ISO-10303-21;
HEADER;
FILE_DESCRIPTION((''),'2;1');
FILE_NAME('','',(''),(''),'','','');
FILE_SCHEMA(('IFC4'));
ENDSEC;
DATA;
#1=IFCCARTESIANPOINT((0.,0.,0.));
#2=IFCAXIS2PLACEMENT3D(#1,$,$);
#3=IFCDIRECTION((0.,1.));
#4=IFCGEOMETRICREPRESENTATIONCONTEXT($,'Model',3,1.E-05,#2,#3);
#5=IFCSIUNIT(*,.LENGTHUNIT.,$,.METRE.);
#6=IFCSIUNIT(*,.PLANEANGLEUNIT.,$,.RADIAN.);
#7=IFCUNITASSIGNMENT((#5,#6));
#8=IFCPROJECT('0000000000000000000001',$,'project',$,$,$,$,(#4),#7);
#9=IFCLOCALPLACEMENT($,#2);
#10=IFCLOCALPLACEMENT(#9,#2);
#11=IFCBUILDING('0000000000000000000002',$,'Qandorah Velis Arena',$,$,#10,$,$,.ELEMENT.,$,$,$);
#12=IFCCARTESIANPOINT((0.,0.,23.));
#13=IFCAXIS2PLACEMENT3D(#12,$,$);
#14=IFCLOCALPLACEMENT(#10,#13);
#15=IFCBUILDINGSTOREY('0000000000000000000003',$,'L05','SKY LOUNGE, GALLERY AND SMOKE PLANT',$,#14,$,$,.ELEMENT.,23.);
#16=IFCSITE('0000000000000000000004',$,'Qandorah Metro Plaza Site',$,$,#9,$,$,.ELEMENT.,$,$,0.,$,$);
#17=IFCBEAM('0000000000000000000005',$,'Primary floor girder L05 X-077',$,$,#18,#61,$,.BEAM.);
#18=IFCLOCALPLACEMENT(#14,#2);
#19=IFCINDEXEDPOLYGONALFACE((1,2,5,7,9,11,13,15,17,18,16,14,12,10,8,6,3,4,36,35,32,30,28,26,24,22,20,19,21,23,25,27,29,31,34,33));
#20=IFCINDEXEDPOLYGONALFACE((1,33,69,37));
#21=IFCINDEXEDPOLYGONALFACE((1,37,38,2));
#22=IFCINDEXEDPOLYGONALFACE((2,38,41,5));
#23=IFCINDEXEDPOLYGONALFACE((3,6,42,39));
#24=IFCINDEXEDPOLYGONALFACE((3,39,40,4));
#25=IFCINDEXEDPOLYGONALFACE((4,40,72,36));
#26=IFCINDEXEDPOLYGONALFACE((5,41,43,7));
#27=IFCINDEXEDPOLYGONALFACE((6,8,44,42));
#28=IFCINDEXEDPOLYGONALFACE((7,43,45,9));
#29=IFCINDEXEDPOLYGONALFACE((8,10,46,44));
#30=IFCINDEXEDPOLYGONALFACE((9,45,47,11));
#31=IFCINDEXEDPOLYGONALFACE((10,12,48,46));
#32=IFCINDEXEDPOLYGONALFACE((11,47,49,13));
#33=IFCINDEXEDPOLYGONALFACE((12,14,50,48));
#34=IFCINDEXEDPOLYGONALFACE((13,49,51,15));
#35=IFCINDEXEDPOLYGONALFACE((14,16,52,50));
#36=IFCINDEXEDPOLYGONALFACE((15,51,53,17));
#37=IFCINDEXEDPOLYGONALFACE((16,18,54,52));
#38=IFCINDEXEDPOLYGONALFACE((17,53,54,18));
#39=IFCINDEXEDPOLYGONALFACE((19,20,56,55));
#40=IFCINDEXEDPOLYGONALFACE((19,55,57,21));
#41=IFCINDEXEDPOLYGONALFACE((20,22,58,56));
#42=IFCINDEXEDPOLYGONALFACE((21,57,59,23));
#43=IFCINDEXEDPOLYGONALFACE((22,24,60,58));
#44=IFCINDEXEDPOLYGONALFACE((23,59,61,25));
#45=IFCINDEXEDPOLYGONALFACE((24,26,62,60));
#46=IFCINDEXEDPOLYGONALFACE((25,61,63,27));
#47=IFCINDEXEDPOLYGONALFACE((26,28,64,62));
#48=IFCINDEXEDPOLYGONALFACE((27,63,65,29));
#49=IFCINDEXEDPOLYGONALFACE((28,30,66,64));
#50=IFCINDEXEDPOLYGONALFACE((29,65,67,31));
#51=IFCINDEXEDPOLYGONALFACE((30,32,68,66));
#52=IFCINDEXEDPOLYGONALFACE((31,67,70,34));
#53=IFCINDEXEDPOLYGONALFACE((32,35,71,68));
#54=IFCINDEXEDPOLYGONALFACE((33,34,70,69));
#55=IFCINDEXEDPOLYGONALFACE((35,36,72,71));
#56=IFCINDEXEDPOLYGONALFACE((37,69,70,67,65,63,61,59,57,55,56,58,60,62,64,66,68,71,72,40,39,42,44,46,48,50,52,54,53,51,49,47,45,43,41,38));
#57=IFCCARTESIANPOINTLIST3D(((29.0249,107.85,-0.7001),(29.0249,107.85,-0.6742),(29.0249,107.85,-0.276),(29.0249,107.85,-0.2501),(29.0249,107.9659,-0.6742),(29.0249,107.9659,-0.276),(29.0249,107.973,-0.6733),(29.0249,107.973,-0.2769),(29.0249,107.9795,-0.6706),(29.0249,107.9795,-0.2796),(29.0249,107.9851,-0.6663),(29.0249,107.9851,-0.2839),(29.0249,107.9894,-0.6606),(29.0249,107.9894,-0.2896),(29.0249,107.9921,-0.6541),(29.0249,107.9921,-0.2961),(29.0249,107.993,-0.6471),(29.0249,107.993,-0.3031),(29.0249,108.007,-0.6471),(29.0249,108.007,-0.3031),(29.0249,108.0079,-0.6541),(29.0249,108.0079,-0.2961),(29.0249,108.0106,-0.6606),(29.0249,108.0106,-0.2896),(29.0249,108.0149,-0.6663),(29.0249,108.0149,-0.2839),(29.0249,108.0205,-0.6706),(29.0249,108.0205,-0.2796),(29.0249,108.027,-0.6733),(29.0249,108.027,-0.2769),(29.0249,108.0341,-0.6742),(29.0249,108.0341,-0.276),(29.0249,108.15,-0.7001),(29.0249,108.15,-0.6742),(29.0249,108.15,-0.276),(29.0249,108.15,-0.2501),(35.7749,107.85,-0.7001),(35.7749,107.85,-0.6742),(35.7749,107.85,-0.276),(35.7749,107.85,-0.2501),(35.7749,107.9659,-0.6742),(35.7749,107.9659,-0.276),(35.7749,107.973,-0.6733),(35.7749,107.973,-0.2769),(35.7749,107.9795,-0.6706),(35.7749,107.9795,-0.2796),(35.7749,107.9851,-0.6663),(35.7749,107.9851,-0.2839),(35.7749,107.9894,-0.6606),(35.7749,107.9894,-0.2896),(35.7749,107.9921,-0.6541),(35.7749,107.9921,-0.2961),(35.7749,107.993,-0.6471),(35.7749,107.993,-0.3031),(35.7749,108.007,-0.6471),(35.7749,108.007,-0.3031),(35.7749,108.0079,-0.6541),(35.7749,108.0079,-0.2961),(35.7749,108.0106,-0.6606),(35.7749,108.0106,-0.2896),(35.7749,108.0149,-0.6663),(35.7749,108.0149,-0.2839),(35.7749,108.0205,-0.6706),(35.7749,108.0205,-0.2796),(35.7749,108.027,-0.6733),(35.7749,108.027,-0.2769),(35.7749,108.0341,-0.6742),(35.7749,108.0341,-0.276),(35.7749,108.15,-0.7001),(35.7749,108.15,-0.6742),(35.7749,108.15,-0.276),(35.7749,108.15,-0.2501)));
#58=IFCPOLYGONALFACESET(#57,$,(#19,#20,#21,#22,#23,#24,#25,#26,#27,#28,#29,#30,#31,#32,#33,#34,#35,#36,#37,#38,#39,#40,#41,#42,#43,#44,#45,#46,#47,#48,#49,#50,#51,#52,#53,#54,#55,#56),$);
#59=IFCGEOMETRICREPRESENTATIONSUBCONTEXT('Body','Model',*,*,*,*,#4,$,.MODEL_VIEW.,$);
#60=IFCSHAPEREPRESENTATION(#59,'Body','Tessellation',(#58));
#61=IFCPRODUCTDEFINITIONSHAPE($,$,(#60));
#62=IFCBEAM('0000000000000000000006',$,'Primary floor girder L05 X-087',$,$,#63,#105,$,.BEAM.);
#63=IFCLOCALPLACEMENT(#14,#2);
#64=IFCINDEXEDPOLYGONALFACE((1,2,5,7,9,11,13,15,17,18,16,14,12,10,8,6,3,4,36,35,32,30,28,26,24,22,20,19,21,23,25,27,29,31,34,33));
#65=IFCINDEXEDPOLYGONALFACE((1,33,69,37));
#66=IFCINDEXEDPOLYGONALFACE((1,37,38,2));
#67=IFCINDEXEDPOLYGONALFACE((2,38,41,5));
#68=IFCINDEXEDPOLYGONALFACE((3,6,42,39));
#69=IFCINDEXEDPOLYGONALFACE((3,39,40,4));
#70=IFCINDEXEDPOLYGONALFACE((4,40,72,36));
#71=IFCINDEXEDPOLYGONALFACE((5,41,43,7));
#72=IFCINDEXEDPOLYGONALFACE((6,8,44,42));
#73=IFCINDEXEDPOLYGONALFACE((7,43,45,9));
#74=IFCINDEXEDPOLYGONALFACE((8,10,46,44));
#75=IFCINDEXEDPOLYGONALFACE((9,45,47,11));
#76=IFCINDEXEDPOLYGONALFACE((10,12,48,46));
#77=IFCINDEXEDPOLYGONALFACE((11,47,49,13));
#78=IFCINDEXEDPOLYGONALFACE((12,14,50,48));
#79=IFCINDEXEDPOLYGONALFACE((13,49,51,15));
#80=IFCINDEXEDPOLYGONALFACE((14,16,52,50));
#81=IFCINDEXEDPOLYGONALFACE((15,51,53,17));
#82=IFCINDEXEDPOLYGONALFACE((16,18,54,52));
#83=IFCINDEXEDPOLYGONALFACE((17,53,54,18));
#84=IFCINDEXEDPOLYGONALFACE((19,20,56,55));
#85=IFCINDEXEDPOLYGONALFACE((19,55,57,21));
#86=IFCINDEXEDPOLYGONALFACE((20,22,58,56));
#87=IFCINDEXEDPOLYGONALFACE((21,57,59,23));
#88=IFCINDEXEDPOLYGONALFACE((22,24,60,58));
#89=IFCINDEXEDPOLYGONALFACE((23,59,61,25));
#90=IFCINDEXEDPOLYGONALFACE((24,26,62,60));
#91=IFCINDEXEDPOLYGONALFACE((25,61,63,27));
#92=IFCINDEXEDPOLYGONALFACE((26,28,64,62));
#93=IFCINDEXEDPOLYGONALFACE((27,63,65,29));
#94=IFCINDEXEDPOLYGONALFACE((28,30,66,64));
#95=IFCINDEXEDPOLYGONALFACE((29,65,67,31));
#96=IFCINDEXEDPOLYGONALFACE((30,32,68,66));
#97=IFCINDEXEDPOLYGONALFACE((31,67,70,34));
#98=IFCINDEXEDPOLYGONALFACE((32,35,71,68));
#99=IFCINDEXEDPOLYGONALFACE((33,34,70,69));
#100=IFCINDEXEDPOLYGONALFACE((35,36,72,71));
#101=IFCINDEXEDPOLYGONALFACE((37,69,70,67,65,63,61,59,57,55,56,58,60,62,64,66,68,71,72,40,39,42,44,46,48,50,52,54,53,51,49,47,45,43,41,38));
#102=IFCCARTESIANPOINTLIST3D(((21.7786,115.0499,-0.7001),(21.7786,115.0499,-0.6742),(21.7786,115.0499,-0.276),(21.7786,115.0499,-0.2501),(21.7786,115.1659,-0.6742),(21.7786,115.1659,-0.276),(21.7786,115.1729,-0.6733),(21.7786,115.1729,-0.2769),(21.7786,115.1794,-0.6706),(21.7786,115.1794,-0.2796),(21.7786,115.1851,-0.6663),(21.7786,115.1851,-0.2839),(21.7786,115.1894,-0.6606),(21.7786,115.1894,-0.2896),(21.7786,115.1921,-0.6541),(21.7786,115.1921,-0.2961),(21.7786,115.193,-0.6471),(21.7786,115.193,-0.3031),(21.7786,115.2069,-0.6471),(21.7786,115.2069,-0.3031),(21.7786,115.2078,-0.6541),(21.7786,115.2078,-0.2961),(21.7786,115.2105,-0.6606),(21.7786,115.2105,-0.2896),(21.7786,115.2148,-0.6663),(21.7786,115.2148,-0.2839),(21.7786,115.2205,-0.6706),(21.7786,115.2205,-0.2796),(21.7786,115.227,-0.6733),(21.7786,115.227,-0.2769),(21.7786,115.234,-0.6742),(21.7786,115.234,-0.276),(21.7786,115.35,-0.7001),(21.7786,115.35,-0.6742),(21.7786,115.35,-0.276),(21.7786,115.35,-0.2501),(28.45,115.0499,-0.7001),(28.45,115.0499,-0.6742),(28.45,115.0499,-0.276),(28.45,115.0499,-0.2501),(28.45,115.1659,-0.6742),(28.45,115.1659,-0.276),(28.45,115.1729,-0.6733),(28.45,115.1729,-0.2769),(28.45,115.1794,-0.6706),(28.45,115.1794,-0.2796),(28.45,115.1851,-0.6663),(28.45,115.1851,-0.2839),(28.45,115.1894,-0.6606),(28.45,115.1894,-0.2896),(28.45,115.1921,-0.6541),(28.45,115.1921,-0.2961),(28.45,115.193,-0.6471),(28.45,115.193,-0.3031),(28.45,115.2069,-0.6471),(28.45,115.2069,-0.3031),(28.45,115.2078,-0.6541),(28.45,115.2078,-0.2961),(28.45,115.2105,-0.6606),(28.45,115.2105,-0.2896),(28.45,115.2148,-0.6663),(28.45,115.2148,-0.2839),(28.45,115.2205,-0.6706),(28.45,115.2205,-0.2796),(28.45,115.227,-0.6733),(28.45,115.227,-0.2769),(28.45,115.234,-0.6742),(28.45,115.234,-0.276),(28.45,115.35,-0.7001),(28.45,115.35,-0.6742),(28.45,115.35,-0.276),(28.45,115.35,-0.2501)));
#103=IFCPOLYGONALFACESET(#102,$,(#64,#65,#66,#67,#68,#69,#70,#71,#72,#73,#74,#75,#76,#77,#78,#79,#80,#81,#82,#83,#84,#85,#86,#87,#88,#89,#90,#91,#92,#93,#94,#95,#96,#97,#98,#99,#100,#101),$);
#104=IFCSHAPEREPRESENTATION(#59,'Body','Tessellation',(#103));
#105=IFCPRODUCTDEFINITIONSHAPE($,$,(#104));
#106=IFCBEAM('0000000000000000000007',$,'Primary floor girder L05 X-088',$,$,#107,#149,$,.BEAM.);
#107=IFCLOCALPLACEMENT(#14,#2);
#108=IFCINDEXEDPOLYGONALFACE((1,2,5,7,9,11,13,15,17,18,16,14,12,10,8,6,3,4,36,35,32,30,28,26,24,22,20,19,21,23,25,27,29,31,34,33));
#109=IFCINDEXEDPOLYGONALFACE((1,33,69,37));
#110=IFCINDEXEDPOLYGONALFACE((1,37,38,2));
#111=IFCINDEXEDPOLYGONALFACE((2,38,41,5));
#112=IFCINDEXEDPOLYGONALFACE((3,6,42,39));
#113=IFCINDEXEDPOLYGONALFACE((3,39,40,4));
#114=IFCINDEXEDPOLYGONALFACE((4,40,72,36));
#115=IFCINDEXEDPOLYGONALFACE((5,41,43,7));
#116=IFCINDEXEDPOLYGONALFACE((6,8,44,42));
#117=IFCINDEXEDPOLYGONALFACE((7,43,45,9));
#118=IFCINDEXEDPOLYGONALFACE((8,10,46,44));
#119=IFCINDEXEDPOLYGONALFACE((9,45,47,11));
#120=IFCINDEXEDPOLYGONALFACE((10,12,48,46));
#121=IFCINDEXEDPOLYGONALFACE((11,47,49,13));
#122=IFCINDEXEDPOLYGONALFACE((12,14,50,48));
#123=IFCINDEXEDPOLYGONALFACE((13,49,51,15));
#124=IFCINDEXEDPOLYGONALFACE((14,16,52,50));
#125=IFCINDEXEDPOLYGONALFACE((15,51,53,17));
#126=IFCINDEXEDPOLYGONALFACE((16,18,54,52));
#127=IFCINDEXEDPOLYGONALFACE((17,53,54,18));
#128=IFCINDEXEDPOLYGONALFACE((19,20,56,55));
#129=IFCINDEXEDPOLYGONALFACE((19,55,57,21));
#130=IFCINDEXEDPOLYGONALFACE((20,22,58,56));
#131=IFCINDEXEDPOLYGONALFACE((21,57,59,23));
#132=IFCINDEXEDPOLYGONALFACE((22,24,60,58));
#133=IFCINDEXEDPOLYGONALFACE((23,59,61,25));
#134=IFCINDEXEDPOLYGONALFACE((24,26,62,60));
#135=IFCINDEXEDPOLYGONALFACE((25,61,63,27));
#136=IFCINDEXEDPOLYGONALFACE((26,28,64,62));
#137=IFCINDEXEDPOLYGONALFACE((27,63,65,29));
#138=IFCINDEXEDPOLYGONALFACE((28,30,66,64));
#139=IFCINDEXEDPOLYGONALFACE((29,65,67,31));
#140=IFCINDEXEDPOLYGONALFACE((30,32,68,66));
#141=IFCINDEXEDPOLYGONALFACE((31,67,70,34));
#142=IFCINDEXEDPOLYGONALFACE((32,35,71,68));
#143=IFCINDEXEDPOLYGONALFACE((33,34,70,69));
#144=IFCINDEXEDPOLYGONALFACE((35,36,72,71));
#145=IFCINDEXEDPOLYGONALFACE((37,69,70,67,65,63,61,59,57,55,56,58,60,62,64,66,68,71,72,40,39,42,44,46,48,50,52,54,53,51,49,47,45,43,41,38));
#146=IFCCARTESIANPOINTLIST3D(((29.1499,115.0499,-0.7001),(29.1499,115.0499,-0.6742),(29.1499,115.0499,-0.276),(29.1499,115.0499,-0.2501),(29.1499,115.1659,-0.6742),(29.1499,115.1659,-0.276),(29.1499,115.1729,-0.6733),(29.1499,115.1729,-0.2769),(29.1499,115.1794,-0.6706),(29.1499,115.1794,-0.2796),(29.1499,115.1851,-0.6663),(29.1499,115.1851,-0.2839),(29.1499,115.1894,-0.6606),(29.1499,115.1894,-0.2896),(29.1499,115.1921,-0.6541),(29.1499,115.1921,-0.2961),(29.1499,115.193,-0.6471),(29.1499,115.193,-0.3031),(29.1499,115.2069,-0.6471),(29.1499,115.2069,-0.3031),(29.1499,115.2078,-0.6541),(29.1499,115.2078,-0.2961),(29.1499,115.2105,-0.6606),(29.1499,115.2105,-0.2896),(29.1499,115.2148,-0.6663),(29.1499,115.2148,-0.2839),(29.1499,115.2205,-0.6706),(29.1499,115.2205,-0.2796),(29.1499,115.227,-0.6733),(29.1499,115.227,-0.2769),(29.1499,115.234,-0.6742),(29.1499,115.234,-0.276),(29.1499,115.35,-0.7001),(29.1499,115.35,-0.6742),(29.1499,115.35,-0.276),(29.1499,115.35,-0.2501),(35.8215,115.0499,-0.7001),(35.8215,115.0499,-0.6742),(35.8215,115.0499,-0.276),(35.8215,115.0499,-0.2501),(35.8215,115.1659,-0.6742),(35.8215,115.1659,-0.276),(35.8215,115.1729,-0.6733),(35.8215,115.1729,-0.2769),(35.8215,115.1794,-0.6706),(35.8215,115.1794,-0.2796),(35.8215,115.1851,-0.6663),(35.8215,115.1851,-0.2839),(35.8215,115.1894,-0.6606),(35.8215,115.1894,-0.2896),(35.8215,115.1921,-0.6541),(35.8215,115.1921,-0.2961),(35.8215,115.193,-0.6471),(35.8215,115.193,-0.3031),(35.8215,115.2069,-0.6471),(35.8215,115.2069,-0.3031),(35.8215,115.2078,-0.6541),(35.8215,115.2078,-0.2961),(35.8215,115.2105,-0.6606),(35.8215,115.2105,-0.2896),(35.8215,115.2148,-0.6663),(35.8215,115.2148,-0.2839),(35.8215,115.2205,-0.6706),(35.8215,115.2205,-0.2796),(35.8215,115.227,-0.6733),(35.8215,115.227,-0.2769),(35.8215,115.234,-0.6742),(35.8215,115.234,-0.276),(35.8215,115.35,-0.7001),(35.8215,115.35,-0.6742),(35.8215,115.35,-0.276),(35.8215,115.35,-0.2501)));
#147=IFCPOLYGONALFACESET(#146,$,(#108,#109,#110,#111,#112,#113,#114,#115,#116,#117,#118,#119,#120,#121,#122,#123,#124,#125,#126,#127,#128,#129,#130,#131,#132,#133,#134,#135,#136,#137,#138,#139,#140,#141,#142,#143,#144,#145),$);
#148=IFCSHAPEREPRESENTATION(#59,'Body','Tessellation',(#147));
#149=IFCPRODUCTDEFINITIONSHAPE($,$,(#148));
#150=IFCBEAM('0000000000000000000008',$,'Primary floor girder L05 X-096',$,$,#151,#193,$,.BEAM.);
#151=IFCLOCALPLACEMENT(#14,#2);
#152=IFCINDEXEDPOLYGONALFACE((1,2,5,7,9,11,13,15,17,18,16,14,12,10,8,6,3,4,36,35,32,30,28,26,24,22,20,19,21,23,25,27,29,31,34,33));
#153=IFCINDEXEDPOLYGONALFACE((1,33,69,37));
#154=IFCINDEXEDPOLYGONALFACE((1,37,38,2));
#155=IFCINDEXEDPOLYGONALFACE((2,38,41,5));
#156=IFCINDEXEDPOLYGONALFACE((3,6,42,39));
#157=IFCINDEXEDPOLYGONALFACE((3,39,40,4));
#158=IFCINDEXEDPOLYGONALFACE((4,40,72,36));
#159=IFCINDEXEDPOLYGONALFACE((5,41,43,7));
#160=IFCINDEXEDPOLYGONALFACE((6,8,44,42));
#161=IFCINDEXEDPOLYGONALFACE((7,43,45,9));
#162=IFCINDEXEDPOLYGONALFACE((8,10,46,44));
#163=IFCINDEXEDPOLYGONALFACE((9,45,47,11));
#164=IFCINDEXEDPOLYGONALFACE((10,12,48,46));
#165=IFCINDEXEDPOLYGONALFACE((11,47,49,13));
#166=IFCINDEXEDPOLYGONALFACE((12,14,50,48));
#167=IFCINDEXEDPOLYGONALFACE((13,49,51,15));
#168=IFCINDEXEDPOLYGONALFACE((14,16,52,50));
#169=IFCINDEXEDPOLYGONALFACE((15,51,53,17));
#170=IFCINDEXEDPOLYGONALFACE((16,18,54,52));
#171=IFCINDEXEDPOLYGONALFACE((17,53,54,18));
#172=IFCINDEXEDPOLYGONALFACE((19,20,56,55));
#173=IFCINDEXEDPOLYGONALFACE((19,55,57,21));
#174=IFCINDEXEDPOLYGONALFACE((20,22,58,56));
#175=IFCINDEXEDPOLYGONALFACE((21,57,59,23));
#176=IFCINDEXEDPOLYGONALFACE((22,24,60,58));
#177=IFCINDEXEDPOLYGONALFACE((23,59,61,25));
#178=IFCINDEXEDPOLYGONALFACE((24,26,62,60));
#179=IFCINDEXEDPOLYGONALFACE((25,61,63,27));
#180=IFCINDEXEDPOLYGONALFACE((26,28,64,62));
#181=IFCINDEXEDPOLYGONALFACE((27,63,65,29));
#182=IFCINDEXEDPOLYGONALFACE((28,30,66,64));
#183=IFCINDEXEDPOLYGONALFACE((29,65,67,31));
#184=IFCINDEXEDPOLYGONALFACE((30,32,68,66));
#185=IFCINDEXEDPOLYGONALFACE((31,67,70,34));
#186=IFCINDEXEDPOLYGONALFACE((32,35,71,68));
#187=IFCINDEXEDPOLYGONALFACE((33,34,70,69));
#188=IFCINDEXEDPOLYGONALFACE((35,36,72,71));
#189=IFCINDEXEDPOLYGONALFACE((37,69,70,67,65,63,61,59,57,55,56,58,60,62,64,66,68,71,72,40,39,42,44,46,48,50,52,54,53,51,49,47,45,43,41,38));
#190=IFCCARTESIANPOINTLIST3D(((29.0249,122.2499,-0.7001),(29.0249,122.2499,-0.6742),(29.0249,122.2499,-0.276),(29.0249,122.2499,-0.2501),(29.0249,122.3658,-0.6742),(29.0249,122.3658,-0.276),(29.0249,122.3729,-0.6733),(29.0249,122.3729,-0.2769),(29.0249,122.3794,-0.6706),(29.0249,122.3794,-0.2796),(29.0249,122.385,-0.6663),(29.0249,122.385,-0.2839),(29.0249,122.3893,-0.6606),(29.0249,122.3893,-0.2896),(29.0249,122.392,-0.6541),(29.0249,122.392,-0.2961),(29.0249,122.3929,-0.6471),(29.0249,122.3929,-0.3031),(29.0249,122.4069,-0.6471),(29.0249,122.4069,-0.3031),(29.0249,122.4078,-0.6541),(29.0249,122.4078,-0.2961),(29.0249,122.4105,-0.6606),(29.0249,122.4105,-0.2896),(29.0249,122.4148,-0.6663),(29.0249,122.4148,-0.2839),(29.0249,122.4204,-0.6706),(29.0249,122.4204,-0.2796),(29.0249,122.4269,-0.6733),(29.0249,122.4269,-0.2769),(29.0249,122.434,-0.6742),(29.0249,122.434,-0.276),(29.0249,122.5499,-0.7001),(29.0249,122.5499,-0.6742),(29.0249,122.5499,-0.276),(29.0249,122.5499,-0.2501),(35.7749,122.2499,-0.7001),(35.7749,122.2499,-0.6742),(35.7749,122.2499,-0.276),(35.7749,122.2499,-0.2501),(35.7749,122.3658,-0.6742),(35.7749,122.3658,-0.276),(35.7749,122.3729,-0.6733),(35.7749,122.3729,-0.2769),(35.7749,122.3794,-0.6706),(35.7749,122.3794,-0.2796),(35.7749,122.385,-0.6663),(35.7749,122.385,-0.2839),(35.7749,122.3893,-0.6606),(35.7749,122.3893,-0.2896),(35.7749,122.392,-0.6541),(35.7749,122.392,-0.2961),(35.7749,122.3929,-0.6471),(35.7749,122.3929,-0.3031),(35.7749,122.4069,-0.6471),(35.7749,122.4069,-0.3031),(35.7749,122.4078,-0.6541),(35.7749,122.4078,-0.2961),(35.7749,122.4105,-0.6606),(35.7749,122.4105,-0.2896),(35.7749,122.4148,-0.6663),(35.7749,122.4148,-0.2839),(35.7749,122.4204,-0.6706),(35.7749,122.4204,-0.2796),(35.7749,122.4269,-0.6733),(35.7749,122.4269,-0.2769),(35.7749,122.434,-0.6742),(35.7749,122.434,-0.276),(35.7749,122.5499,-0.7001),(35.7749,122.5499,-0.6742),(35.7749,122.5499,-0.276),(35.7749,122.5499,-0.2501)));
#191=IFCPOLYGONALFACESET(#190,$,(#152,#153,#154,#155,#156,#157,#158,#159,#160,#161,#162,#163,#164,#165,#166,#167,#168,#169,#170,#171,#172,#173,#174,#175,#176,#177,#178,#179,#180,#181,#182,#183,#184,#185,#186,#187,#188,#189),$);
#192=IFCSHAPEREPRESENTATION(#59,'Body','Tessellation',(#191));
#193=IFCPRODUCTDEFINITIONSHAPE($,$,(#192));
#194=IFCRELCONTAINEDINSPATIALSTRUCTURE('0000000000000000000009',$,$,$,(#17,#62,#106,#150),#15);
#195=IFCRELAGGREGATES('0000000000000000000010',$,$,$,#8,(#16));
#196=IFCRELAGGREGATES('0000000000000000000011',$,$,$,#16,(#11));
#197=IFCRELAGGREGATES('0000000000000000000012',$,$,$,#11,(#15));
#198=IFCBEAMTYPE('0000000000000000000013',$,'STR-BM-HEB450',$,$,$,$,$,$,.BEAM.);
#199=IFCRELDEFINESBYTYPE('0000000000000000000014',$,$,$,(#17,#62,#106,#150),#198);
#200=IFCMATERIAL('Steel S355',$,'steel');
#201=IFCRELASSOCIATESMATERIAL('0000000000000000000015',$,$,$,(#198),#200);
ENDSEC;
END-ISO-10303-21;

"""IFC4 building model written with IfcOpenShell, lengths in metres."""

from ifc_helpers import new_model, si_unit, direction, frame, origin, origin_2d, place, context, subcontext, project, spatial, i_section, extrude, material, material_profile, profile_set, type_object, element, save


model = new_model("IFC4")

# Units and contexts
model_context = context("Model", 3, precision=1e-05, world=origin(), true_north=direction((0.0, 1.0)))
body_context = subcontext(model_context, "Body", "Model", "MODEL_VIEW")
ifc_project = project(units=[si_unit("LENGTHUNIT", "METRE"), si_unit("PLANEANGLEUNIT", "RADIAN")], contexts=[model_context])

# Site, building, storey
site_placement = place(None, origin())
site = spatial("IfcSite", under=ifc_project, at=site_placement, Name="Qandorah Metro Plaza Site", CompositionType="ELEMENT", RefElevation=0.0)
building_placement = place(site_placement, origin())
building = spatial("IfcBuilding", under=site, at=building_placement, Name="Qandorah Velis Arena", CompositionType="ELEMENT")
storey_placement = place(building_placement, frame((0.0, 0.0, 23.0)))
storey = spatial("IfcBuildingStorey", under=building, at=storey_placement, Name="L05", Description="SKY LOUNGE, GALLERY AND SMOKE PLANT", CompositionType="ELEMENT", Elevation=23.0)

# Beams
ifc_material_1 = material(Name="Steel S355", Category="steel")
ifc_material_profile_1 = material_profile(ifc_material_1, i_section(OverallWidth=0.3, OverallDepth=0.45, WebThickness=0.0139, FlangeThickness=0.0259, FilletRadius=0.0271, at=origin_2d()), Name="HEB 450")
ifc_profile_set_1 = profile_set([ifc_material_profile_1], Name="Steel S355")
beam_type_1 = type_object("IfcBeamType", Name="STR-BM-HEB450", PredefinedType="BEAM", material=ifc_profile_set_1)
for number, where, z_axis, x_axis, name in (
    (1, (29.0249, 108.0, -0.4751), (1.0, 0.0, 0.0), (0.0, 1.0, 0.0), "Primary floor girder L05 X-077"),
):
    element("IfcBeam", number, at=place(storey_placement, frame(where, z_axis=z_axis, x_axis=x_axis)), inside=storey, type_object=beam_type_1, Name=name, PredefinedType="BEAM", context=body_context, shape_type="SweptSolid", body=[
        extrude(i_section(OverallWidth=0.3, OverallDepth=0.45, WebThickness=0.0139, FlangeThickness=0.0259, FilletRadius=0.0271, at=origin_2d()), origin(), (0.0, 0.0, 1.0), 6.75),
    ])
beam_1_placement = place(storey_placement, frame((21.7786, 115.2, -0.4751), z_axis=(1.0, 0.0, 0.0), x_axis=(0.0, 1.0, 0.0)))
element("IfcBeam", 2, at=beam_1_placement, inside=storey, type_object=beam_type_1, Name="Primary floor girder L05 X-087", PredefinedType="BEAM", context=body_context, shape_type="SweptSolid", body=[
    extrude(i_section(OverallWidth=0.3, OverallDepth=0.45, WebThickness=0.0139, FlangeThickness=0.0259, FilletRadius=0.0271, at=origin_2d()), origin(), (0.0, 0.0, 1.0), 6.6714),
])
beam_2_placement = place(storey_placement, frame((29.1499, 115.2, -0.4751), z_axis=(1.0, 0.0, 0.0), x_axis=(0.0, 1.0, 0.0)))
element("IfcBeam", 3, at=beam_2_placement, inside=storey, type_object=beam_type_1, Name="Primary floor girder L05 X-088", PredefinedType="BEAM", context=body_context, shape_type="SweptSolid", body=[
    extrude(i_section(OverallWidth=0.3, OverallDepth=0.45, WebThickness=0.0139, FlangeThickness=0.0259, FilletRadius=0.0271, at=origin_2d()), origin(), (0.0, 0.0, 1.0), 6.6716),
])
beam_3_placement = place(storey_placement, frame((29.0249, 122.3999, -0.4751), z_axis=(1.0, 0.0, 0.0), x_axis=(0.0, 1.0, 0.0)))
element("IfcBeam", 4, at=beam_3_placement, inside=storey, type_object=beam_type_1, Name="Primary floor girder L05 X-096", PredefinedType="BEAM", context=body_context, shape_type="SweptSolid", body=[
    extrude(i_section(OverallWidth=0.3, OverallDepth=0.45, WebThickness=0.0139, FlangeThickness=0.0259, FilletRadius=0.0271, at=origin_2d()), origin(), (0.0, 0.0, 1.0), 6.75),
])

save(model, "model.ifc")
